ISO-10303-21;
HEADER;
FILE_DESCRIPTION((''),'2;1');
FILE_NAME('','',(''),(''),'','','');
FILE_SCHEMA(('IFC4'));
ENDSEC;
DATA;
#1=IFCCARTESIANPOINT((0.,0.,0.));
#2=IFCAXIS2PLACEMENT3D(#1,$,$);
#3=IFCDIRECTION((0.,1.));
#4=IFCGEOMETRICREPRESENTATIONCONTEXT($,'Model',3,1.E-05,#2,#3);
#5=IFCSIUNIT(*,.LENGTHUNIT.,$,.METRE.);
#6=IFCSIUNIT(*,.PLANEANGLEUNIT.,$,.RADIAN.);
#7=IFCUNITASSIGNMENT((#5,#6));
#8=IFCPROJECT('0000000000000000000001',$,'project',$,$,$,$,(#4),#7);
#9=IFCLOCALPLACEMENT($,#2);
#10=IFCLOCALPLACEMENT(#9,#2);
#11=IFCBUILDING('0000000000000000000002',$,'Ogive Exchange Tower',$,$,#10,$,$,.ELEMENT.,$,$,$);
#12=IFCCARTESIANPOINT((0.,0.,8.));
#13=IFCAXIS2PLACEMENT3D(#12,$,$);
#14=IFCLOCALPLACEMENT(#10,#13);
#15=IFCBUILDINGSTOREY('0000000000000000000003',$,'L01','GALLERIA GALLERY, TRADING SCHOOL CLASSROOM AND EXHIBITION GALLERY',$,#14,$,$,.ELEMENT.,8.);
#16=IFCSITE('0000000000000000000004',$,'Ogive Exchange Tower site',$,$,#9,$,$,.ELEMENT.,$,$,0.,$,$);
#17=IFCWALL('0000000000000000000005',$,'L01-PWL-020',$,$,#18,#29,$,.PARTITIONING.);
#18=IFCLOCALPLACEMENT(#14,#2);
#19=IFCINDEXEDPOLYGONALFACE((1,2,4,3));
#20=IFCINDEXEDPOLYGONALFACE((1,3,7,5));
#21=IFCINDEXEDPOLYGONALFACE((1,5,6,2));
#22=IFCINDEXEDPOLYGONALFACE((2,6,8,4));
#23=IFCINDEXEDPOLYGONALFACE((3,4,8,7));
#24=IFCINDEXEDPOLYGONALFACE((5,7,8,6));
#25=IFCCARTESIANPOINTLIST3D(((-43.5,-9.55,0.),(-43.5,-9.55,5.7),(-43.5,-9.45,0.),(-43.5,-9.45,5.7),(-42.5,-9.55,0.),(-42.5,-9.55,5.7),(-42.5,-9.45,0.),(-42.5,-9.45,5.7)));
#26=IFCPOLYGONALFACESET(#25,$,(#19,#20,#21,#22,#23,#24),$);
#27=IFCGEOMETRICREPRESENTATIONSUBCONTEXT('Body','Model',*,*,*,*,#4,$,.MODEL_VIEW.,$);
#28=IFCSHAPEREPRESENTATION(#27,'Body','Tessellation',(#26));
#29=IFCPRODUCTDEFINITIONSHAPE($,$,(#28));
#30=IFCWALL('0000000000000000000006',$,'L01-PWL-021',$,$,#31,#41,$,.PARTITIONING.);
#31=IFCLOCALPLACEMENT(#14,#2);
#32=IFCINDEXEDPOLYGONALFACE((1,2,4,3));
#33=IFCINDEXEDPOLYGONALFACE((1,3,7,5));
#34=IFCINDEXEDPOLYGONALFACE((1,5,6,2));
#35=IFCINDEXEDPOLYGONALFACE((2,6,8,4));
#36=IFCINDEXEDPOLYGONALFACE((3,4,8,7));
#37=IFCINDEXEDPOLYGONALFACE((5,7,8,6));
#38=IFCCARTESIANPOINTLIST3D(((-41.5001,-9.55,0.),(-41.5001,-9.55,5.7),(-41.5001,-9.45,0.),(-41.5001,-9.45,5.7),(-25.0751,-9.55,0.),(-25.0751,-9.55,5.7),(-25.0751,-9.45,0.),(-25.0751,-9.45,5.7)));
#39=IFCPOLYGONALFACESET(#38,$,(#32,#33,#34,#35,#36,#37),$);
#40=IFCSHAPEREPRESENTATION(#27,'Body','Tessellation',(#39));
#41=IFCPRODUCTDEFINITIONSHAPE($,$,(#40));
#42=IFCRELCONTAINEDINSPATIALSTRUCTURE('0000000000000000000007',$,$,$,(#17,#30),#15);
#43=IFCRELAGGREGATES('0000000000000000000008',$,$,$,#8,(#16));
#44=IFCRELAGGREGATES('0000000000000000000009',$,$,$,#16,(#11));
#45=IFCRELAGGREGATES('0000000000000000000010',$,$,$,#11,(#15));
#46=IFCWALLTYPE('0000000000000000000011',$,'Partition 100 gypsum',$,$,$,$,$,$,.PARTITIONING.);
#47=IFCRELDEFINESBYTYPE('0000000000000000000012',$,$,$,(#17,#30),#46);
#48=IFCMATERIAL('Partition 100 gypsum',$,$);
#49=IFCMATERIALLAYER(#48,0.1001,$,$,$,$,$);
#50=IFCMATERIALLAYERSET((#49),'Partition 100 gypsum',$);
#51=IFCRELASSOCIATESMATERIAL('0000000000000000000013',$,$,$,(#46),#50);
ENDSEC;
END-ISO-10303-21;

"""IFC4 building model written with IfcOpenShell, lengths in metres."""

from ifc_helpers import new_model, si_unit, direction, frame, frame_2d, origin, place, context, subcontext, project, spatial, rectangle, extrude, material, layer, layer_set, type_object, element, save


model = new_model("IFC4")

# Units and contexts
model_context = context("Model", 3, precision=1e-05, world=origin(), true_north=direction((0.0, 1.0)))
body_context = subcontext(model_context, "Body", "Model", "MODEL_VIEW")
ifc_project = project(units=[si_unit("LENGTHUNIT", "METRE"), si_unit("PLANEANGLEUNIT", "RADIAN")], contexts=[model_context])

# Site, building, storey
site_placement = place(None, origin())
site = spatial("IfcSite", under=ifc_project, at=site_placement, Name="Ogive Exchange Tower site", CompositionType="ELEMENT", RefElevation=0.0)
building_placement = place(site_placement, origin())
building = spatial("IfcBuilding", under=site, at=building_placement, Name="Ogive Exchange Tower", CompositionType="ELEMENT")
storey_placement = place(building_placement, frame((0.0, 0.0, 8.0)))
storey = spatial("IfcBuildingStorey", under=building, at=storey_placement, Name="L01", Description="GALLERIA GALLERY, TRADING SCHOOL CLASSROOM AND EXHIBITION GALLERY", CompositionType="ELEMENT", Elevation=8.0)

# Walls
ifc_material_1 = material(Name="Partition 100 gypsum")
ifc_layer_1 = layer(ifc_material_1, 0.1001)
ifc_layer_set_1 = layer_set([ifc_layer_1], Name="Partition 100 gypsum")
wall_type_1 = type_object("IfcWallType", Name="Partition 100 gypsum", PredefinedType="PARTITIONING", material=ifc_layer_set_1)
wall_1_placement = place(storey_placement, frame((-43.5, -9.5, 0.0), z_axis=(0.0, 0.0, 1.0), x_axis=(1.0, 0.0, 0.0)))
element("IfcWall", 1, at=wall_1_placement, inside=storey, type_object=wall_type_1, Name="L01-PWL-020", PredefinedType="PARTITIONING", context=body_context, shape_type="SweptSolid", body=[
    extrude(rectangle(XDim=1.0, YDim=0.1001, at=frame_2d((0.5, 0.0))), origin(), (0.0, 0.0, 1.0), 5.7),
])
wall_2_placement = place(storey_placement, frame((-41.5, -9.5, 0.0), z_axis=(0.0, 0.0, 1.0), x_axis=(1.0, 0.0, 0.0)))
element("IfcWall", 2, at=wall_2_placement, inside=storey, type_object=wall_type_1, Name="L01-PWL-021", PredefinedType="PARTITIONING", context=body_context, shape_type="SweptSolid", body=[
    extrude(rectangle(XDim=16.425, YDim=0.1001, at=frame_2d((8.2124, 0.0))), origin(), (0.0, 0.0, 1.0), 5.7),
])

save(model, "model.ifc")
